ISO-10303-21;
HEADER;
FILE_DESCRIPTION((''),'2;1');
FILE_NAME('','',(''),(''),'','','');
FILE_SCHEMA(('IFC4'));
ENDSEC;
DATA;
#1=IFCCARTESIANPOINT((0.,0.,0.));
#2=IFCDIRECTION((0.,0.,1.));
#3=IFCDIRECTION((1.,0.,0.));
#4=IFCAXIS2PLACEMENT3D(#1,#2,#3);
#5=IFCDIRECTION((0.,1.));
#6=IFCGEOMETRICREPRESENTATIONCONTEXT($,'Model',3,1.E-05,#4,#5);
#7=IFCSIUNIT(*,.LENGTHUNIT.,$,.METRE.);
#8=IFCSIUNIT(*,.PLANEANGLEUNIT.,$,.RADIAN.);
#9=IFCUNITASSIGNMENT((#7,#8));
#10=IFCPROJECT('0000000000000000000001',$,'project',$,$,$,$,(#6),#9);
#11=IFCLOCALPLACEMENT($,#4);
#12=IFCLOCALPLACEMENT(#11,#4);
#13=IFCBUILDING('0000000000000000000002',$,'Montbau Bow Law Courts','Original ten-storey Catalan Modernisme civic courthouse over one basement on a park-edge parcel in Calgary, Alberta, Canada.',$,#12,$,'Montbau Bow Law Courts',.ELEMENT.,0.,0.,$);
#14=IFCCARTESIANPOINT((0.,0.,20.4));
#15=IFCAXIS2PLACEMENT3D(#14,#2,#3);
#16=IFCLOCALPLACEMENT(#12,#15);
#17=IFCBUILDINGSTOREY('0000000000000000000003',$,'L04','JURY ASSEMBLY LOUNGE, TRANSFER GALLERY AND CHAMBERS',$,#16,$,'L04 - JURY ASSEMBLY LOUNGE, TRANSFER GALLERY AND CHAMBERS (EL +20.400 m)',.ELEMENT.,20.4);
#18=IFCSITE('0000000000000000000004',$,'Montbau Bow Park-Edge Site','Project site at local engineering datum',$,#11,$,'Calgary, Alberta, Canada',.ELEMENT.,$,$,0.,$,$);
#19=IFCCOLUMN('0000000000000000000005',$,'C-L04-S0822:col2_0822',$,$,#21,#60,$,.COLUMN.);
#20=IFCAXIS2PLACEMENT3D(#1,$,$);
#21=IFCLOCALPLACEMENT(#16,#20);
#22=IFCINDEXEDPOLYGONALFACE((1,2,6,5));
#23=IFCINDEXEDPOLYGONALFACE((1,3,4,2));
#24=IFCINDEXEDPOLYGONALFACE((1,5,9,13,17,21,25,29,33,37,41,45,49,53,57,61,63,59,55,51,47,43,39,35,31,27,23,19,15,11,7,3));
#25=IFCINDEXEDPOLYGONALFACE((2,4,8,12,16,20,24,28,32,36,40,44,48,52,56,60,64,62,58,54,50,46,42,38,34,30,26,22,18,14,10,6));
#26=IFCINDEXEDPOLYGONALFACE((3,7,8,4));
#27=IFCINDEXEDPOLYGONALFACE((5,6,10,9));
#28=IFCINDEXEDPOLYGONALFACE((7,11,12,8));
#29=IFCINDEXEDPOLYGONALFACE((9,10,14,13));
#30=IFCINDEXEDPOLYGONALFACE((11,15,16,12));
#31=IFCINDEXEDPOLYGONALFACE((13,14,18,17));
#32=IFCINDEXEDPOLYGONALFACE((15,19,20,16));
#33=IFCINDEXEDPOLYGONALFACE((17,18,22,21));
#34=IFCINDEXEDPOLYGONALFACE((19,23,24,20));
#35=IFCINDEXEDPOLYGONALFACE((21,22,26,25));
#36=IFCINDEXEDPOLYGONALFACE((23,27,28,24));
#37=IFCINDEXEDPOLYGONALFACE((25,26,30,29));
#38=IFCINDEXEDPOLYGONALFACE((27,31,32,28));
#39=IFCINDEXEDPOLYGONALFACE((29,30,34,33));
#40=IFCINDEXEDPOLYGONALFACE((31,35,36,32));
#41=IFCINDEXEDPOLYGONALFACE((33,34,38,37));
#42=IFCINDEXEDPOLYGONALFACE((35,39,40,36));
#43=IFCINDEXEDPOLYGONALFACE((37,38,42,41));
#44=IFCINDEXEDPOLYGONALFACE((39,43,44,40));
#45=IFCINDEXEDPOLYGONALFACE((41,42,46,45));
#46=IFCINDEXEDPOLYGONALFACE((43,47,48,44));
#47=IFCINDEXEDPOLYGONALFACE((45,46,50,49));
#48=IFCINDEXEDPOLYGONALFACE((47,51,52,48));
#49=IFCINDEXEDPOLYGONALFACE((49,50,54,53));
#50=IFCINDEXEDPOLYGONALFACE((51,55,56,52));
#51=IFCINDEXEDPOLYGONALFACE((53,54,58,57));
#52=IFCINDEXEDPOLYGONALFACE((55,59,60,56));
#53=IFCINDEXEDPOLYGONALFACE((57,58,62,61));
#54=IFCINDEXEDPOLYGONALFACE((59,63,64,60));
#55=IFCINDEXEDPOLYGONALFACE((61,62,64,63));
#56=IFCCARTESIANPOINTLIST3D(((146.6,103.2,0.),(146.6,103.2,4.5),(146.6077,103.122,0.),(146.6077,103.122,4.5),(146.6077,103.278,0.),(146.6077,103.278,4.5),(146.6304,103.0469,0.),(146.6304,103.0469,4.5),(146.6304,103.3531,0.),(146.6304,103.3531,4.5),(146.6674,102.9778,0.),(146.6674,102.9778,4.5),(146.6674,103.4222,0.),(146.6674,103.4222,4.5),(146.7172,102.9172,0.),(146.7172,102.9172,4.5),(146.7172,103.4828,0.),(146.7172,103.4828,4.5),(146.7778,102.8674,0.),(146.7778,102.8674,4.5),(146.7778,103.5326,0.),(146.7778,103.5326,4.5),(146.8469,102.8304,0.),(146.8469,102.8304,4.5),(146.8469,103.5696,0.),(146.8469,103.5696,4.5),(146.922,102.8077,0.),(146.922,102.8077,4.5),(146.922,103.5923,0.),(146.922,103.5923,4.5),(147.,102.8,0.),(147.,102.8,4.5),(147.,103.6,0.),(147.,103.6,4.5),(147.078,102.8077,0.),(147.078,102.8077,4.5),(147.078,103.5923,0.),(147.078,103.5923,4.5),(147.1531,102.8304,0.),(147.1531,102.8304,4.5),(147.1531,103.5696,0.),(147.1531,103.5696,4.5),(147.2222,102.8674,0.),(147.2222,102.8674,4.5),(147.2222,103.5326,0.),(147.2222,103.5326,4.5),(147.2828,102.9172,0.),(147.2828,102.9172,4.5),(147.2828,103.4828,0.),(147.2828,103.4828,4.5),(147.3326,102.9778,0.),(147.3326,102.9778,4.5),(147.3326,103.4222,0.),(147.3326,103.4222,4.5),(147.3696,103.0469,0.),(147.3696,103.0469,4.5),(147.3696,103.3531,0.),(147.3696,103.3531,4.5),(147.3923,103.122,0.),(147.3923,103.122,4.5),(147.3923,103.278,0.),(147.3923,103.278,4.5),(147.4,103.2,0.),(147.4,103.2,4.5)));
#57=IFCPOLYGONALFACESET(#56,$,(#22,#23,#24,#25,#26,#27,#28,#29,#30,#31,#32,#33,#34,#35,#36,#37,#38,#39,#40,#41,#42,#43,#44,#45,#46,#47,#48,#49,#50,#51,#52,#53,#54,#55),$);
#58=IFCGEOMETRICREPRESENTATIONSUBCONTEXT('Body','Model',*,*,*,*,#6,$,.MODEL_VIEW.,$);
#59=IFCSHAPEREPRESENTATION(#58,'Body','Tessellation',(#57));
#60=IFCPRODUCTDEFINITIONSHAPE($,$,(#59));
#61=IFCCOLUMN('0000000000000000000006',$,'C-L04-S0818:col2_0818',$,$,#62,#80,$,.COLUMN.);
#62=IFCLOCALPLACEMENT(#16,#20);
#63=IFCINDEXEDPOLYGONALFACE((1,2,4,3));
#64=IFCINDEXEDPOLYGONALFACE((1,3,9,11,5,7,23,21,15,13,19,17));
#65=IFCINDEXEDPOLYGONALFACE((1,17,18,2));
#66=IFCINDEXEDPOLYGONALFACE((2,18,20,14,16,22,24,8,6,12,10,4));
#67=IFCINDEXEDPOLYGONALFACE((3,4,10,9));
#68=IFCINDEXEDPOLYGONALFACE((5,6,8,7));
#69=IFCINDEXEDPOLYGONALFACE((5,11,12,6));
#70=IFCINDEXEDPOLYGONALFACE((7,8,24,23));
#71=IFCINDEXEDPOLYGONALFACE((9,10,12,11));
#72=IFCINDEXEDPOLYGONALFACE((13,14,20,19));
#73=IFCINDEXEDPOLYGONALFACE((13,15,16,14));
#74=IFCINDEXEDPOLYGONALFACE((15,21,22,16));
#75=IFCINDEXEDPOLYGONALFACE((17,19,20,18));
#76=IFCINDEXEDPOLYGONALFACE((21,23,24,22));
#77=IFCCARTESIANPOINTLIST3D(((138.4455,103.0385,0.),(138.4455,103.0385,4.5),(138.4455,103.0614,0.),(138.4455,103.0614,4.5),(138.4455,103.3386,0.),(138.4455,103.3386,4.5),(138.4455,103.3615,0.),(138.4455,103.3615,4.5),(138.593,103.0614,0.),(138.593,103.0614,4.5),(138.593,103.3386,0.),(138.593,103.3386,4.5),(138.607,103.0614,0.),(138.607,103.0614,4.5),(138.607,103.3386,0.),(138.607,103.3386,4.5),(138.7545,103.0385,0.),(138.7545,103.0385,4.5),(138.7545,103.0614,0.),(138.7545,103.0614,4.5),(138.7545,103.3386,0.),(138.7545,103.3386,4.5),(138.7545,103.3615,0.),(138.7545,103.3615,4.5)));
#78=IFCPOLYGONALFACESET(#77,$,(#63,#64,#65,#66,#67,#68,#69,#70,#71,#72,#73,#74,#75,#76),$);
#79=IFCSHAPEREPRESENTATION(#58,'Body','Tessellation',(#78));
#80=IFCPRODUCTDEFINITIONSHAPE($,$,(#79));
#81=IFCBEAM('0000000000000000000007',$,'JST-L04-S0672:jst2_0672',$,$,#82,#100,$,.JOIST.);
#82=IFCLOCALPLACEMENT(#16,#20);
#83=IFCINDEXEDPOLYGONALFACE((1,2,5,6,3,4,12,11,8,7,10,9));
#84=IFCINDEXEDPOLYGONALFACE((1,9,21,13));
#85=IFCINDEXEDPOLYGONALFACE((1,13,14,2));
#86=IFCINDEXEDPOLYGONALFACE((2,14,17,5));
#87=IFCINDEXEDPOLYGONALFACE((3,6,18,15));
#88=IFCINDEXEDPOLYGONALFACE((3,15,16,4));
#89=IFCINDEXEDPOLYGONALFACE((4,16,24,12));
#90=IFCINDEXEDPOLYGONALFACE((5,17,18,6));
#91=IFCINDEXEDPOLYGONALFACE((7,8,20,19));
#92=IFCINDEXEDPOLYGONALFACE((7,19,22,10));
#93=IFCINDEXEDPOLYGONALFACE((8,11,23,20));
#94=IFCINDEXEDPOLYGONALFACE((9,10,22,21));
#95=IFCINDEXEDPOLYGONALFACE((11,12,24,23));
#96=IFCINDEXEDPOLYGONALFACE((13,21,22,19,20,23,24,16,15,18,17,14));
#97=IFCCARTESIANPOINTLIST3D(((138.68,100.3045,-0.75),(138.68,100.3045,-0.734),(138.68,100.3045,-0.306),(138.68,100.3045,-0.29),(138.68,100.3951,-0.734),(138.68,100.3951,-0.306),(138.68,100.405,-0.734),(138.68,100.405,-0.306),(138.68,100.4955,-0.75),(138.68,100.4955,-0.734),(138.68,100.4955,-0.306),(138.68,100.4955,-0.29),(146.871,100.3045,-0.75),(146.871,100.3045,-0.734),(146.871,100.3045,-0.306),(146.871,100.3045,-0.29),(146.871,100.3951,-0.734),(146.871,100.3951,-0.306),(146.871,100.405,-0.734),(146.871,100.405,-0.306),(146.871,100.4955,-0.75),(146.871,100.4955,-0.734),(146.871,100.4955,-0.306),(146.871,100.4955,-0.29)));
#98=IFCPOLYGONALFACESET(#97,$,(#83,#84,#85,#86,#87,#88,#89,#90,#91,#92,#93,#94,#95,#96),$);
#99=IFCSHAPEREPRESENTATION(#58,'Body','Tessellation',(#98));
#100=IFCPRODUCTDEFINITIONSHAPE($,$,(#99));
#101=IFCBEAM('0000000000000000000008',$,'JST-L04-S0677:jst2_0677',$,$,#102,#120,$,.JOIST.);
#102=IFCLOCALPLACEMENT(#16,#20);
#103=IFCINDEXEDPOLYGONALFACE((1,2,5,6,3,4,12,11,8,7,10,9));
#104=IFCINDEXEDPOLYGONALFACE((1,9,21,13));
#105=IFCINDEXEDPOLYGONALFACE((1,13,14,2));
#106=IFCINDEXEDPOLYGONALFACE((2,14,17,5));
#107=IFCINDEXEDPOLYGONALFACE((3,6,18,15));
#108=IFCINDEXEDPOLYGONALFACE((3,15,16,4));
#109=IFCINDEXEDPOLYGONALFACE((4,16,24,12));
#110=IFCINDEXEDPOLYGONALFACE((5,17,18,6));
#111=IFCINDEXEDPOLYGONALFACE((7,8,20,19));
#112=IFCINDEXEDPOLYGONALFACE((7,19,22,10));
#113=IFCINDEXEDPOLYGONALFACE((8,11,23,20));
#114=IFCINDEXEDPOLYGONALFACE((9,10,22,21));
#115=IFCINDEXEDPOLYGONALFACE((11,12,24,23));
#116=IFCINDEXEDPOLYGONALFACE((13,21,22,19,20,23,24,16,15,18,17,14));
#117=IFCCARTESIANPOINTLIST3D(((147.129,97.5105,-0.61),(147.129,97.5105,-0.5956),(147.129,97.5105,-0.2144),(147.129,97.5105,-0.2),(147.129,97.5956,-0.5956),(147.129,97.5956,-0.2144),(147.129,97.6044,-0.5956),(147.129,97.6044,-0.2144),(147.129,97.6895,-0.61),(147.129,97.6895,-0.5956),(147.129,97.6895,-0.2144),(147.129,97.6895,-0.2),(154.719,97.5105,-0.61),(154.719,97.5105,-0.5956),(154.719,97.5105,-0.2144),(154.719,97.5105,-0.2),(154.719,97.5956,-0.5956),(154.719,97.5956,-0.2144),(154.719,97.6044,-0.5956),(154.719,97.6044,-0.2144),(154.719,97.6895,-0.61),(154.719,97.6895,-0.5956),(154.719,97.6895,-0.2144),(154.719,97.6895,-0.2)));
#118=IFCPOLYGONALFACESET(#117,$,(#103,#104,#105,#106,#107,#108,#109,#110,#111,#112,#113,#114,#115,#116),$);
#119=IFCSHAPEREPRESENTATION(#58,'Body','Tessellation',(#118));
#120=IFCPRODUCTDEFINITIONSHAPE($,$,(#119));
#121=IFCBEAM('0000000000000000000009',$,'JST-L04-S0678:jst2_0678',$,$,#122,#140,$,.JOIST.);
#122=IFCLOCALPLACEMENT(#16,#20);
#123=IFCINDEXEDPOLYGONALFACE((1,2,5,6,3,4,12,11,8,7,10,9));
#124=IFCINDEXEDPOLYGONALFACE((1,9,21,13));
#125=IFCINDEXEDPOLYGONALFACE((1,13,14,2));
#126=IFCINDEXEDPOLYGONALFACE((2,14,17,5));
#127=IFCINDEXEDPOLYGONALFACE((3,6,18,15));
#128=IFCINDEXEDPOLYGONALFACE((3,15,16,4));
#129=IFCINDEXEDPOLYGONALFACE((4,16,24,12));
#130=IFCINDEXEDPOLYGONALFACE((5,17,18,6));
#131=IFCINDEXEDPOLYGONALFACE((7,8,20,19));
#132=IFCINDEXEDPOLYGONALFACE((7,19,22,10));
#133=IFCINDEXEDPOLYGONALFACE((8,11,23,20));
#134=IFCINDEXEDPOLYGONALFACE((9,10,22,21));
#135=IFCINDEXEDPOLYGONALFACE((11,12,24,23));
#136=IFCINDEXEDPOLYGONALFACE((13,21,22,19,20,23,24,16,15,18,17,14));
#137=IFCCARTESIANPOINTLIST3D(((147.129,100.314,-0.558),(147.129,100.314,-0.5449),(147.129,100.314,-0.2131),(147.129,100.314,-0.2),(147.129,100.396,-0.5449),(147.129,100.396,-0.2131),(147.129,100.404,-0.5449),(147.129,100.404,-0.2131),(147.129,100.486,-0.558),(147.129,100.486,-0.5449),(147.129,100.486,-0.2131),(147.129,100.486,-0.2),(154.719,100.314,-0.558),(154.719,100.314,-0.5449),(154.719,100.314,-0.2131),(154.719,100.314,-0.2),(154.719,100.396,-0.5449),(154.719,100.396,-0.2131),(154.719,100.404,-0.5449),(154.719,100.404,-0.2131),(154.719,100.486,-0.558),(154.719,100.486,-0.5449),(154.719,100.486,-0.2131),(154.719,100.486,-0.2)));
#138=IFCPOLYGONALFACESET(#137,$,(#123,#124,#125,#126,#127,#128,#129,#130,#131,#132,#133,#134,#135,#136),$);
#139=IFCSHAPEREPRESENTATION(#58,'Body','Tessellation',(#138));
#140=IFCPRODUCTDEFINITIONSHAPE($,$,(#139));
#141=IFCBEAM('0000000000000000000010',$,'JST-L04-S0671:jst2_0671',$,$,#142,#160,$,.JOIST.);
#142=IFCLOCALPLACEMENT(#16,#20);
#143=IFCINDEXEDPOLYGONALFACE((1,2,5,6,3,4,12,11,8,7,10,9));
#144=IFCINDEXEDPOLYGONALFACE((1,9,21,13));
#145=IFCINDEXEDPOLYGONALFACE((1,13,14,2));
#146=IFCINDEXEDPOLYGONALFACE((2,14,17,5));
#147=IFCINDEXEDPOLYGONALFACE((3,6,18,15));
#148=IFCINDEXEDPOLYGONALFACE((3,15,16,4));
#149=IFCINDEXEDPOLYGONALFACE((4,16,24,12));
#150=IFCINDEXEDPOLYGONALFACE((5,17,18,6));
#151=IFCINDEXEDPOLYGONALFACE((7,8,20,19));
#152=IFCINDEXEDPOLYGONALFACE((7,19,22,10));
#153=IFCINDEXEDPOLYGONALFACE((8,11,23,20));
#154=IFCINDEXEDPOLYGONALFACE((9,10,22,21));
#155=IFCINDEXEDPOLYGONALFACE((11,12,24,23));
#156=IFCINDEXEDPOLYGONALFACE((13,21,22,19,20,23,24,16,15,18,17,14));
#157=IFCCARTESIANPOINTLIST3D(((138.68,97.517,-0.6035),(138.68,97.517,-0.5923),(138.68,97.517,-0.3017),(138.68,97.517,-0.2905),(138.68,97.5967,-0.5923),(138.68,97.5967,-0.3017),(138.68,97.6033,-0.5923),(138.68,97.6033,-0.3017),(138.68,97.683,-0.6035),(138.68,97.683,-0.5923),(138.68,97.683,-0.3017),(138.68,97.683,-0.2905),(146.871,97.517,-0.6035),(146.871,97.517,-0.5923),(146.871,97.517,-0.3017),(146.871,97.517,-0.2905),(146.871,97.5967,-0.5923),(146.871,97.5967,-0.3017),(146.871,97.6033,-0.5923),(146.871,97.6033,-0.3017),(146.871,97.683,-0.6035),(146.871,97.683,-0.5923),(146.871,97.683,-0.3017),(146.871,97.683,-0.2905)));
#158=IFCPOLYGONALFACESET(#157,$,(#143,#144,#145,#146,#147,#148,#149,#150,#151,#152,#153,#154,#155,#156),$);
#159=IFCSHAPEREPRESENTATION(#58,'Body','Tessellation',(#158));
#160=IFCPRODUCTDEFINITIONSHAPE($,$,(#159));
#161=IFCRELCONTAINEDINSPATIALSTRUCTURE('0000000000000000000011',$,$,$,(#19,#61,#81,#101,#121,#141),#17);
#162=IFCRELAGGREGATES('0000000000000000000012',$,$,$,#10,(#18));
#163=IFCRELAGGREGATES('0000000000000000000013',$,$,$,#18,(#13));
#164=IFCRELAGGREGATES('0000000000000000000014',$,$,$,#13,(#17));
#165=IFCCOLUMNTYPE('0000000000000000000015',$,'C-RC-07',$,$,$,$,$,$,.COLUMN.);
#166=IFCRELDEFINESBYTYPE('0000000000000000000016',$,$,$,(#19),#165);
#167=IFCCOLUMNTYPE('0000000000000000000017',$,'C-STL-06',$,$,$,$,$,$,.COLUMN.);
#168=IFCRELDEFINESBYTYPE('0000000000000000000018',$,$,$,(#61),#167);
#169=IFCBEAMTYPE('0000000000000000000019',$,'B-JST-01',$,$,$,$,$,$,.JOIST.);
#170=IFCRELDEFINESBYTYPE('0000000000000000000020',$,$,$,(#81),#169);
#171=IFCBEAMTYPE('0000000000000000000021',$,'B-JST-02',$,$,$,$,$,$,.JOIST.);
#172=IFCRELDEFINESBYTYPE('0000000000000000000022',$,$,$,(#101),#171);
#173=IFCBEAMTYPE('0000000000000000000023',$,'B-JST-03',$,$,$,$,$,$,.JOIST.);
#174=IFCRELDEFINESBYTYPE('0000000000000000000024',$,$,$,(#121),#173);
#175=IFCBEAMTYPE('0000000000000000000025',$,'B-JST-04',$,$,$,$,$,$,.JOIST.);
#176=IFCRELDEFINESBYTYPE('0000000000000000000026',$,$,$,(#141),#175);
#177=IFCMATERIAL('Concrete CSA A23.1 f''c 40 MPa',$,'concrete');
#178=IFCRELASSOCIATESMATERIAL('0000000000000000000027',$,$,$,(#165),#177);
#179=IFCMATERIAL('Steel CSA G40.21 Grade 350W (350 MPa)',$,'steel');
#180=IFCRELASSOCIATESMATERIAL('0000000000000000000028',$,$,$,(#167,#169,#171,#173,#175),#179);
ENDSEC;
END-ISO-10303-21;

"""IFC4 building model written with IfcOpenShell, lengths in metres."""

from ifc_helpers import new_model, si_unit, direction, frame, origin_with_axes, origin_2d_with_axis, place, context, subcontext, project, spatial, circle, i_section, extrude, material, material_profile, profile_set, type_object, element, save


model = new_model("IFC4")

# Units and contexts
model_context = context("Model", 3, precision=1e-05, world=origin_with_axes(), true_north=direction((0.0, 1.0)))
body_context = subcontext(model_context, "Body", "Model", "MODEL_VIEW")
ifc_project = project(units=[si_unit("LENGTHUNIT", "METRE"), si_unit("PLANEANGLEUNIT", "RADIAN")], contexts=[model_context])

# Site, building, storey
site_placement = place(None, origin_with_axes())
site = spatial("IfcSite", under=ifc_project, at=site_placement, Name="Montbau Bow Park-Edge Site", Description="Project site at local engineering datum", LongName="Calgary, Alberta, Canada", CompositionType="ELEMENT", RefElevation=0.0)
building_placement = place(site_placement, origin_with_axes())
building = spatial("IfcBuilding", under=site, at=building_placement, Name="Montbau Bow Law Courts", Description="Original ten-storey Catalan Modernisme civic courthouse over one basement on a park-edge parcel in Calgary, Alberta, Canada.", LongName="Montbau Bow Law Courts", CompositionType="ELEMENT", ElevationOfRefHeight=0.0, ElevationOfTerrain=0.0)
storey_placement = place(building_placement, frame((0.0, 0.0, 20.4), z_axis=(0.0, 0.0, 1.0), x_axis=(1.0, 0.0, 0.0)))
storey = spatial("IfcBuildingStorey", under=building, at=storey_placement, Name="L04", Description="JURY ASSEMBLY LOUNGE, TRANSFER GALLERY AND CHAMBERS", LongName="L04 - JURY ASSEMBLY LOUNGE, TRANSFER GALLERY AND CHAMBERS (EL +20.400 m)", CompositionType="ELEMENT", Elevation=20.4)

# Columns
ifc_material_1 = material(Name="Concrete CSA A23.1 f'c 40 MPa", Category="concrete")
ifc_material_profile_1 = material_profile(ifc_material_1, circle(Radius=0.4, at=origin_2d_with_axis()), Name="RC800D", Category="Main", Priority=0)
ifc_profile_set_1 = profile_set([ifc_material_profile_1], Name="Concrete CSA A23.1 f'c 40 MPa")
column_type_1 = type_object("IfcColumnType", Name="C-RC-07", PredefinedType="COLUMN", material=ifc_profile_set_1)
column_1_placement = place(None, frame((147.0, 103.2, 20.4), z_axis=(0.0, 0.0, 1.0), x_axis=(1.0, 0.0, 0.0)))
element("IfcColumn", 1, at=column_1_placement, inside=storey, type_object=column_type_1, Name="C-L04-S0822:col2_0822", PredefinedType="COLUMN", context=body_context, shape_type="SweptSolid", body=[
    extrude(circle(Radius=0.4, at=origin_2d_with_axis()), origin_with_axes(), (0.0, 0.0, 1.0), 4.5),
])
ifc_material_2 = material(Name="Steel CSA G40.21 Grade 350W (350 MPa)", Category="steel")
ifc_material_profile_2 = material_profile(ifc_material_2, i_section(OverallWidth=0.309, OverallDepth=0.323, WebThickness=0.014, FlangeThickness=0.0229, at=origin_2d_with_axis()), Name="W310X143", Category="Main", Priority=0)
ifc_profile_set_2 = profile_set([ifc_material_profile_2], Name="Steel CSA G40.21 Grade 350W (350 MPa)")
column_type_2 = type_object("IfcColumnType", Name="C-STL-06", PredefinedType="COLUMN", material=ifc_profile_set_2)
column_2_placement = place(None, frame((138.6, 103.2, 20.4), z_axis=(0.0, 0.0, 1.0), x_axis=(1.0, 0.0, 0.0)))
element("IfcColumn", 2, at=column_2_placement, inside=storey, type_object=column_type_2, Name="C-L04-S0818:col2_0818", PredefinedType="COLUMN", context=body_context, shape_type="SweptSolid", body=[
    extrude(i_section(OverallWidth=0.309, OverallDepth=0.323, WebThickness=0.014, FlangeThickness=0.0229, at=origin_2d_with_axis()), origin_with_axes(), (0.0, 0.0, 1.0), 4.5),
])

# Beams
ifc_material_profile_3 = material_profile(ifc_material_2, i_section(OverallWidth=0.191, OverallDepth=0.46, WebThickness=0.0099, FlangeThickness=0.016, at=origin_2d_with_axis()), Name="W460X82", Category="Main", Priority=0)
ifc_profile_set_3 = profile_set([ifc_material_profile_3], Name="Steel CSA G40.21 Grade 350W (350 MPa)")
beam_type_1 = type_object("IfcBeamType", Name="B-JST-01", PredefinedType="JOIST", material=ifc_profile_set_3)
beam_1_placement = place(None, frame((138.68, 100.4, 19.88), z_axis=(1.0, 0.0, 0.0), x_axis=(0.0, 1.0, 0.0)))
element("IfcBeam", 3, at=beam_1_placement, inside=storey, type_object=beam_type_1, Name="JST-L04-S0672:jst2_0672", PredefinedType="JOIST", context=body_context, shape_type="SweptSolid", body=[
    extrude(i_section(OverallWidth=0.191, OverallDepth=0.46, WebThickness=0.0099, FlangeThickness=0.016, at=origin_2d_with_axis()), origin_with_axes(), (0.0, 0.0, 1.0), 8.191),
])
ifc_material_profile_4 = material_profile(ifc_material_2, i_section(OverallWidth=0.179, OverallDepth=0.41, WebThickness=0.0088, FlangeThickness=0.0144, at=origin_2d_with_axis()), Name="W410X67", Category="Main", Priority=0)
ifc_profile_set_4 = profile_set([ifc_material_profile_4], Name="Steel CSA G40.21 Grade 350W (350 MPa)")
beam_type_2 = type_object("IfcBeamType", Name="B-JST-02", PredefinedType="JOIST", material=ifc_profile_set_4)
beam_2_placement = place(None, frame((147.129, 97.6, 19.995), z_axis=(1.0, 0.0, 0.0), x_axis=(0.0, 1.0, 0.0)))
element("IfcBeam", 4, at=beam_2_placement, inside=storey, type_object=beam_type_2, Name="JST-L04-S0677:jst2_0677", PredefinedType="JOIST", context=body_context, shape_type="SweptSolid", body=[
    extrude(i_section(OverallWidth=0.179, OverallDepth=0.41, WebThickness=0.0088, FlangeThickness=0.0144, at=origin_2d_with_axis()), origin_with_axes(), (0.0, 0.0, 1.0), 7.59),
])
ifc_material_profile_5 = material_profile(ifc_material_2, i_section(OverallWidth=0.172, OverallDepth=0.358, WebThickness=0.0079, FlangeThickness=0.0131, at=origin_2d_with_axis()), Name="W360X57", Category="Main", Priority=0)
ifc_profile_set_5 = profile_set([ifc_material_profile_5], Name="Steel CSA G40.21 Grade 350W (350 MPa)")
beam_type_3 = type_object("IfcBeamType", Name="B-JST-03", PredefinedType="JOIST", material=ifc_profile_set_5)
beam_3_placement = place(None, frame((147.129, 100.4, 20.021), z_axis=(1.0, 0.0, 0.0), x_axis=(0.0, 1.0, 0.0)))
element("IfcBeam", 5, at=beam_3_placement, inside=storey, type_object=beam_type_3, Name="JST-L04-S0678:jst2_0678", PredefinedType="JOIST", context=body_context, shape_type="SweptSolid", body=[
    extrude(i_section(OverallWidth=0.172, OverallDepth=0.358, WebThickness=0.0079, FlangeThickness=0.0131, at=origin_2d_with_axis()), origin_with_axes(), (0.0, 0.0, 1.0), 7.59),
])
ifc_material_profile_6 = material_profile(ifc_material_2, i_section(OverallWidth=0.166, OverallDepth=0.313, WebThickness=0.0066, FlangeThickness=0.0112, at=origin_2d_with_axis()), Name="W310X45", Category="Main", Priority=0)
ifc_profile_set_6 = profile_set([ifc_material_profile_6], Name="Steel CSA G40.21 Grade 350W (350 MPa)")
beam_type_4 = type_object("IfcBeamType", Name="B-JST-04", PredefinedType="JOIST", material=ifc_profile_set_6)
beam_4_placement = place(None, frame((138.68, 97.6, 19.953), z_axis=(1.0, 0.0, 0.0), x_axis=(0.0, 1.0, 0.0)))
element("IfcBeam", 6, at=beam_4_placement, inside=storey, type_object=beam_type_4, Name="JST-L04-S0671:jst2_0671", PredefinedType="JOIST", context=body_context, shape_type="SweptSolid", body=[
    extrude(i_section(OverallWidth=0.166, OverallDepth=0.313, WebThickness=0.0066, FlangeThickness=0.0112, at=origin_2d_with_axis()), origin_with_axes(), (0.0, 0.0, 1.0), 8.191),
])

save(model, "model.ifc")
